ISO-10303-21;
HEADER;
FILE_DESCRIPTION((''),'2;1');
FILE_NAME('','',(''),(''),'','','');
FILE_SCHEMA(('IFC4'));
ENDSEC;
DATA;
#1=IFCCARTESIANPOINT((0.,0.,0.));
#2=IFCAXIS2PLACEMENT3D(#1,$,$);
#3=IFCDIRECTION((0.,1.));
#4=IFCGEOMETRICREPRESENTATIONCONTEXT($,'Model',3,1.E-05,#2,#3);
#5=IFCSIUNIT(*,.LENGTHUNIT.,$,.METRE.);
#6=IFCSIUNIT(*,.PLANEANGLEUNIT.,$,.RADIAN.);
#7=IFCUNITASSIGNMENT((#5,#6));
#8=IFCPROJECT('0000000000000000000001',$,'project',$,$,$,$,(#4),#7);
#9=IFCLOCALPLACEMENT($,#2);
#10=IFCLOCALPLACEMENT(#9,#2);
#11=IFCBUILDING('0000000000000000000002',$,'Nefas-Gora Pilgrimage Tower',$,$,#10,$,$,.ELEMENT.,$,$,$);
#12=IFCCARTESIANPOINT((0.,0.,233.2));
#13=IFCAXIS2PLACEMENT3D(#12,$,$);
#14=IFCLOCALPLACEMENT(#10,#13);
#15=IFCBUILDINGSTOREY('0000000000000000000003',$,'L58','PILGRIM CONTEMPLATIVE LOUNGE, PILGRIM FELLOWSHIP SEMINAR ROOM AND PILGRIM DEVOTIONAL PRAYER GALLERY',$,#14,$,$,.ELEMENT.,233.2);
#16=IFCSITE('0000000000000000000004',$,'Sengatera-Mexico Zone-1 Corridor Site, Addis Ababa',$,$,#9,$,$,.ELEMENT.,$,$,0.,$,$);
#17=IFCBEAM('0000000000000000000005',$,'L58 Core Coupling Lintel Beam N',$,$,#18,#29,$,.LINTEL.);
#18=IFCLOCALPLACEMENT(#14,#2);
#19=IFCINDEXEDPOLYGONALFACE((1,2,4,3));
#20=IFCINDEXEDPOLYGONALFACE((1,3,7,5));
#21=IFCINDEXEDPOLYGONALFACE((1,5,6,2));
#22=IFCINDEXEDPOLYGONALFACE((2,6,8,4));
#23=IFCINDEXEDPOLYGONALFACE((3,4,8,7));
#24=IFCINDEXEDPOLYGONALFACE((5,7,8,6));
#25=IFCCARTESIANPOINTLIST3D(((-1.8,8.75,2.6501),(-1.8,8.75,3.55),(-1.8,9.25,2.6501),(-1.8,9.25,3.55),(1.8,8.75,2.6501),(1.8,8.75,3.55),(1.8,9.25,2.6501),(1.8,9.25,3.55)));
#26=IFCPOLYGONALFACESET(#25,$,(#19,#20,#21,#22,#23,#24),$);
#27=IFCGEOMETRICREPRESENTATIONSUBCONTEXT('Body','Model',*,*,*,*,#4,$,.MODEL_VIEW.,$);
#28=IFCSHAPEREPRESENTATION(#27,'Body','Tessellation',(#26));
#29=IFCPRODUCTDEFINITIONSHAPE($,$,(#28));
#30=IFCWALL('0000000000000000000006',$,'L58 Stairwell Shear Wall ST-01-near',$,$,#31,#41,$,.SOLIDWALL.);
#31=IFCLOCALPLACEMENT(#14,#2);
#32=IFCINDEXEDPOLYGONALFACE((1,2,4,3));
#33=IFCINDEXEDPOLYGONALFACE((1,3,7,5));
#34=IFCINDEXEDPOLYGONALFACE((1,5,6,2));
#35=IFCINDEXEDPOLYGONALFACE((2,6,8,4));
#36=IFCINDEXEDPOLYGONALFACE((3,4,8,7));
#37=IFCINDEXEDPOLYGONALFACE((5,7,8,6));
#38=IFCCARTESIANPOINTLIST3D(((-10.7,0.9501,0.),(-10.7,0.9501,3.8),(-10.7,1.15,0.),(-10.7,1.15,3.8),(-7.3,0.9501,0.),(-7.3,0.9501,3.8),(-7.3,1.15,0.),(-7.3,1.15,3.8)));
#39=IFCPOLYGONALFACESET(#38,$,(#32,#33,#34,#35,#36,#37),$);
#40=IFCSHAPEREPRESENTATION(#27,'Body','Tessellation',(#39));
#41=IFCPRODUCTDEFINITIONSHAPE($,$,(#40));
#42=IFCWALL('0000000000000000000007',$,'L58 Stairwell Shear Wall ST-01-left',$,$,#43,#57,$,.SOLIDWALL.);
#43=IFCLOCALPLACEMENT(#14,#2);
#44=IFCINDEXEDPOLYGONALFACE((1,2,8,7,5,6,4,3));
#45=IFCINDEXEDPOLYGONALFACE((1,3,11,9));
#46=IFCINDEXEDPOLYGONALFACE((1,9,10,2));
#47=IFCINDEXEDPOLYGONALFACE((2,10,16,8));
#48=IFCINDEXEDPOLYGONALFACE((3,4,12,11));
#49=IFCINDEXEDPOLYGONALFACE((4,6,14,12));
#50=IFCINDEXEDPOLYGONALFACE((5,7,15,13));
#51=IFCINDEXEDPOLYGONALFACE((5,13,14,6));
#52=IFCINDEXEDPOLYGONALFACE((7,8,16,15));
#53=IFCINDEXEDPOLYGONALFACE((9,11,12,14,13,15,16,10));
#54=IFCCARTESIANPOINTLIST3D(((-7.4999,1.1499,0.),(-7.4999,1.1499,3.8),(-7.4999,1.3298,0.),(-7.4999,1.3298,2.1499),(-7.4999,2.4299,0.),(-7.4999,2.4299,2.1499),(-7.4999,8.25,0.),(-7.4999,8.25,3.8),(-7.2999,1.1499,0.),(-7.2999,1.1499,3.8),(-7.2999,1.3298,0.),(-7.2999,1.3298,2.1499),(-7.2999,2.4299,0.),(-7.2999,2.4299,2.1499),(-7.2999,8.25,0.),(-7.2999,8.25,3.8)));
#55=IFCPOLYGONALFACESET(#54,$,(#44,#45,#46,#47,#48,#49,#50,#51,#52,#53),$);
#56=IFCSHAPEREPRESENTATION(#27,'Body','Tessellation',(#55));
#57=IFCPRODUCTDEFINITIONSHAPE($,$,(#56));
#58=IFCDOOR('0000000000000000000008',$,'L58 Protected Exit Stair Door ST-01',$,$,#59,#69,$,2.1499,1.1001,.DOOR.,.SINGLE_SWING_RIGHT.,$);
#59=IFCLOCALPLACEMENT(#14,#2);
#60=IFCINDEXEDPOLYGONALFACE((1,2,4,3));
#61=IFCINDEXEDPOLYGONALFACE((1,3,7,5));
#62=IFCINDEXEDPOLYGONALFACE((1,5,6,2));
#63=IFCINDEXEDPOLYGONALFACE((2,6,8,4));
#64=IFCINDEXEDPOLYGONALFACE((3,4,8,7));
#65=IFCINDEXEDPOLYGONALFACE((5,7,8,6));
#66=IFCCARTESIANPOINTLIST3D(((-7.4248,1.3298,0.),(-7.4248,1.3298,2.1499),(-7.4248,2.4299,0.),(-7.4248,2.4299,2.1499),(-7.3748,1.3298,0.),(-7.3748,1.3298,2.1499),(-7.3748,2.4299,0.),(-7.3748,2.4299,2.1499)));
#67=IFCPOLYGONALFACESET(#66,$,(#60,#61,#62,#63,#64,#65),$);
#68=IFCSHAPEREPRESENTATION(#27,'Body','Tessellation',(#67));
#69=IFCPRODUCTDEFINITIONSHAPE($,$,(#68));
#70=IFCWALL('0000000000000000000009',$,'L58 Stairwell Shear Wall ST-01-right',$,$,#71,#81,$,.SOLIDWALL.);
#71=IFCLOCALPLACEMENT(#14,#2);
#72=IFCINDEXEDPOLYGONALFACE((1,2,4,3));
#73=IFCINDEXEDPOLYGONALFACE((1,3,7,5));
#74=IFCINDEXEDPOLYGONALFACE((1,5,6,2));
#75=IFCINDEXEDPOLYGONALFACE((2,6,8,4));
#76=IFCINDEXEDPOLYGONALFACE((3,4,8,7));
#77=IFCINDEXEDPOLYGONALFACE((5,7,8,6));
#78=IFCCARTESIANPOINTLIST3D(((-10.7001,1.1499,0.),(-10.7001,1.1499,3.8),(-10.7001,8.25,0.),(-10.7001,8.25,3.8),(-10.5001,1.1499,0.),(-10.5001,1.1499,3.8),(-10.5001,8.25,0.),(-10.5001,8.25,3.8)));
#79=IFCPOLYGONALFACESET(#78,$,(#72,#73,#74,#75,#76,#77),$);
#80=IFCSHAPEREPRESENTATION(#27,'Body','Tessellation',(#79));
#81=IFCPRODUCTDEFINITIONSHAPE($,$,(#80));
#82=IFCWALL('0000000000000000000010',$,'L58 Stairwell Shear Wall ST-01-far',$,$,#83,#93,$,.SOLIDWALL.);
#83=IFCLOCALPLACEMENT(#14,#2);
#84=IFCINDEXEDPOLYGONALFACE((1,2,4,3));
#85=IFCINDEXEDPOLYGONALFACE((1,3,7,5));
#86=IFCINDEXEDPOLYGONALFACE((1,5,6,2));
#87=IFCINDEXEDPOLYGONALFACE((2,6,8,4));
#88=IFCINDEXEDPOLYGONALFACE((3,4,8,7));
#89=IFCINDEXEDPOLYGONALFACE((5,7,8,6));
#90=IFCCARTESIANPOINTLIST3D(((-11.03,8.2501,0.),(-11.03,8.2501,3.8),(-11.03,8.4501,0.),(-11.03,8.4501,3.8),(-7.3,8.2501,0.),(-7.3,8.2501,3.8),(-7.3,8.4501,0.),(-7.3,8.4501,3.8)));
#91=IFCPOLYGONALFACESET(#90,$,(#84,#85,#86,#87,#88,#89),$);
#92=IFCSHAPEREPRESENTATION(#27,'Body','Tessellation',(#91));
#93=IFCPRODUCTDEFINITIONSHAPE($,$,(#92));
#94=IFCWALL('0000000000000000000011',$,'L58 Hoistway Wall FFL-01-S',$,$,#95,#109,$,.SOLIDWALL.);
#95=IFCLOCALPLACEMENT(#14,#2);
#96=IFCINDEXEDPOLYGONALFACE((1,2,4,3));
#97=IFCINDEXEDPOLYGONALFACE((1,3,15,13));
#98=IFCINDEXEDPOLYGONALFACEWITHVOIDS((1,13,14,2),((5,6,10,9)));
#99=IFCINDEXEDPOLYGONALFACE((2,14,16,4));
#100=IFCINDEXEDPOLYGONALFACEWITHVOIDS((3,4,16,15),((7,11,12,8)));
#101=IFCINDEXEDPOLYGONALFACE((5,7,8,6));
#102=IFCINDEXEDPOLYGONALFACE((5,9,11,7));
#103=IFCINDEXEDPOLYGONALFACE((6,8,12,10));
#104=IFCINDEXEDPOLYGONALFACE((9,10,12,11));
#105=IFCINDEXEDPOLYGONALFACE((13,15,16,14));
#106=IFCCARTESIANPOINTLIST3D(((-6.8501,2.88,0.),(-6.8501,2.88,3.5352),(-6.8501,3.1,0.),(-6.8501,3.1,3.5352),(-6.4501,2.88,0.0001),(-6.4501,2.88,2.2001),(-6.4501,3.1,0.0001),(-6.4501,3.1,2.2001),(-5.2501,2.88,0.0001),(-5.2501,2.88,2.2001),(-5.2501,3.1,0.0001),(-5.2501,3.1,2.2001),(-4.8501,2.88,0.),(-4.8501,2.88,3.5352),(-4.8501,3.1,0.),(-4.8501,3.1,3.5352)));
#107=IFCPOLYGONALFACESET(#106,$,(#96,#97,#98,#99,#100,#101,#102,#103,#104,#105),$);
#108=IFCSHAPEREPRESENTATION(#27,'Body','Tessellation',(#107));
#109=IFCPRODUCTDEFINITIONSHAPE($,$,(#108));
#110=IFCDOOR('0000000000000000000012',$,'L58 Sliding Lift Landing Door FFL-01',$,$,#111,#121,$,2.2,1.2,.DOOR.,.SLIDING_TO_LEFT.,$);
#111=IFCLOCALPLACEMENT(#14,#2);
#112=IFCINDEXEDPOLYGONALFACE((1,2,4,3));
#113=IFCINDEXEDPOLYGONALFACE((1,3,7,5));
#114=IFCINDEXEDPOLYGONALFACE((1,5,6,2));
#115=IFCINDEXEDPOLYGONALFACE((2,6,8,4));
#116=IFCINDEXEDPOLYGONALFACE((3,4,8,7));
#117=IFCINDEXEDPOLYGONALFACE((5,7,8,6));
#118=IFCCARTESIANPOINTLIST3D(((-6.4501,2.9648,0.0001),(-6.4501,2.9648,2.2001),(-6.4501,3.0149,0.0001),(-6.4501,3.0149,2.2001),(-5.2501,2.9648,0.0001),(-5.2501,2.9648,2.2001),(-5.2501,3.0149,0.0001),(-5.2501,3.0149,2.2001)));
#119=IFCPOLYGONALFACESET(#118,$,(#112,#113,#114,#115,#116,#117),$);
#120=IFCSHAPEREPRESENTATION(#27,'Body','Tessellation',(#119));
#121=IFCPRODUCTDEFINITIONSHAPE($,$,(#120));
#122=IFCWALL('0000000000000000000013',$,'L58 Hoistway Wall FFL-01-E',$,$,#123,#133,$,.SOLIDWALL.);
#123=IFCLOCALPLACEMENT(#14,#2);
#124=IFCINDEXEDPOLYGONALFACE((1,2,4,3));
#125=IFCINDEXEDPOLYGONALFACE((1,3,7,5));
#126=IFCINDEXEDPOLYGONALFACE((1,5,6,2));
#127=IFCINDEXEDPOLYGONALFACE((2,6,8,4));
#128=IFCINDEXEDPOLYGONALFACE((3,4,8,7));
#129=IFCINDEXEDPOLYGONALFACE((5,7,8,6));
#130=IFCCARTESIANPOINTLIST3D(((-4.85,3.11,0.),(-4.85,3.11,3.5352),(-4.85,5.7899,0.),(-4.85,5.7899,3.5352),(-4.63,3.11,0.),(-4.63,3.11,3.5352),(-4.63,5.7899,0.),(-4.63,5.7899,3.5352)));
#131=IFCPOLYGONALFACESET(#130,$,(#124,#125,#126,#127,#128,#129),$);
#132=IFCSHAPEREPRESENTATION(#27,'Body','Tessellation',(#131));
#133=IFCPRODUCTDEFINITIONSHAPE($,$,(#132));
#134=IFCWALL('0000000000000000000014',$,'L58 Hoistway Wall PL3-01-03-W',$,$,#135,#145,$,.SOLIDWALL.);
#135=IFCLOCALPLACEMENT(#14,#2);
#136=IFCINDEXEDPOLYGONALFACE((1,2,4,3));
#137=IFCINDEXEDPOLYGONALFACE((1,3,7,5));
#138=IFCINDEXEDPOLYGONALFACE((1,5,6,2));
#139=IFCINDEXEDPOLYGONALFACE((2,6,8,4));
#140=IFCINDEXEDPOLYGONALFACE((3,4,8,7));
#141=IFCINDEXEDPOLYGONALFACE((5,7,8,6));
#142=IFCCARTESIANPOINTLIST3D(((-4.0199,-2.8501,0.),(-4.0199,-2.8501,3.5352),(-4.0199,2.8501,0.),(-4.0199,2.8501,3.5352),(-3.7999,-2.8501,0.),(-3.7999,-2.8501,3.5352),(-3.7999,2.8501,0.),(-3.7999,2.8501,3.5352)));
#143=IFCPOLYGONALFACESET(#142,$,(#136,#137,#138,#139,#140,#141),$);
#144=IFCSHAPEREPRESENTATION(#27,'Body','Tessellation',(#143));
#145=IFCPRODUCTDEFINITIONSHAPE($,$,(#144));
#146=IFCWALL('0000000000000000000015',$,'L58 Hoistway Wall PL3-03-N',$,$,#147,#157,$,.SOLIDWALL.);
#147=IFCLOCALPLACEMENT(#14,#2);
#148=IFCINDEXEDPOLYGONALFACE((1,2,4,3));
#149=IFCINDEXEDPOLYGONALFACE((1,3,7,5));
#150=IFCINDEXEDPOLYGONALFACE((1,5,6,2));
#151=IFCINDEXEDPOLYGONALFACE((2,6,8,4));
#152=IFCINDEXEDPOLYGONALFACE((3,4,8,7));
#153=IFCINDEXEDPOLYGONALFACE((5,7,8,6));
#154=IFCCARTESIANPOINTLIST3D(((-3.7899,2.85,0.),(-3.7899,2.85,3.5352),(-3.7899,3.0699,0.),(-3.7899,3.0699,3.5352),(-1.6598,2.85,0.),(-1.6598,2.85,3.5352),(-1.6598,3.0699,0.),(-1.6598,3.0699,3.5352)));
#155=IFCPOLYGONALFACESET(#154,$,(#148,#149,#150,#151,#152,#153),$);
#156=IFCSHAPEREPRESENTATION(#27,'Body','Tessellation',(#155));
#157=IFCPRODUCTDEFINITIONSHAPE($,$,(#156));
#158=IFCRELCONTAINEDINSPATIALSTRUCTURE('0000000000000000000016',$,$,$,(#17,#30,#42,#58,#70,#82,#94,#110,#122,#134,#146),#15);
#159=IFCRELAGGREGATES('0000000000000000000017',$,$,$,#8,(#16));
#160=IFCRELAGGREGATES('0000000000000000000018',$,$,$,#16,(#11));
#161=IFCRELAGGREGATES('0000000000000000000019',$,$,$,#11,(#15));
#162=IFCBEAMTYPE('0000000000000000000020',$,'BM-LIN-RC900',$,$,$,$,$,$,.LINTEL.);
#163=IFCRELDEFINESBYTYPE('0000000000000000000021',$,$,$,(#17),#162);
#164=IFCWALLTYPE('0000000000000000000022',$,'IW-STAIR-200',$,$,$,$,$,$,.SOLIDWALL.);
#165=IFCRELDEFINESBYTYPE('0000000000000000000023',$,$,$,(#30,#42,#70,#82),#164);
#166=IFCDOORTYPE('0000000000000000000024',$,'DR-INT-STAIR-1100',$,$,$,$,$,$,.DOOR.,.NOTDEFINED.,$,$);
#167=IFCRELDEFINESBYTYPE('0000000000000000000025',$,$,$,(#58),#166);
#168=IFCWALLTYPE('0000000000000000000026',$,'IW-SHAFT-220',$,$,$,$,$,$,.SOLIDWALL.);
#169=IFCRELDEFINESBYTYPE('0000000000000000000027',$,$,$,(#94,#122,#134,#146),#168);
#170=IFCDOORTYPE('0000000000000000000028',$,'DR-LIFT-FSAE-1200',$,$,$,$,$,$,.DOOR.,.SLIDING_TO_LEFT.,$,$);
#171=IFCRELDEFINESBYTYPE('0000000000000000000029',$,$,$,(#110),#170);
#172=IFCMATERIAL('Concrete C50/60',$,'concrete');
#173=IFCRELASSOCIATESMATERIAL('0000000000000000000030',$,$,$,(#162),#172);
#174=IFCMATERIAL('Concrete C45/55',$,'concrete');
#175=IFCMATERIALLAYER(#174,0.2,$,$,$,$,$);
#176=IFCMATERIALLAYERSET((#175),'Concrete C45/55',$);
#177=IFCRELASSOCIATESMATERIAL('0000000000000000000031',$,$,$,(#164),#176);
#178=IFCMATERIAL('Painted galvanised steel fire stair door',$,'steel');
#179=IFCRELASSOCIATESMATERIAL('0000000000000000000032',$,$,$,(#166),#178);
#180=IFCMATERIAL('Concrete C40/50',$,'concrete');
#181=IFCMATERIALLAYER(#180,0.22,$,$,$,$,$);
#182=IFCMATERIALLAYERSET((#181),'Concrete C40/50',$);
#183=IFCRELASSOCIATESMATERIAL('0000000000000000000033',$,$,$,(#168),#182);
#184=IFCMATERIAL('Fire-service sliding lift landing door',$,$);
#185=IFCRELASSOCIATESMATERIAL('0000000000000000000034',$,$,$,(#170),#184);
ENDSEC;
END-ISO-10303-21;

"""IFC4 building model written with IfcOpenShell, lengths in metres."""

from ifc_helpers import new_model, si_unit, direction, frame, frame_2d, origin, origin_2d, place, context, subcontext, project, spatial, rectangle, extrude, source, transform, mapped, material, layer, layer_set, material_profile, profile_set, type_object, element, fill, save


model = new_model("IFC4")

# Units and contexts
model_context = context("Model", 3, precision=1e-05, world=origin(), true_north=direction((0.0, 1.0)))
body_context = subcontext(model_context, "Body", "Model", "MODEL_VIEW")
ifc_project = project(units=[si_unit("LENGTHUNIT", "METRE"), si_unit("PLANEANGLEUNIT", "RADIAN")], contexts=[model_context])

# Site, building, storey
site_placement = place(None, origin())
site = spatial("IfcSite", under=ifc_project, at=site_placement, Name="Sengatera-Mexico Zone-1 Corridor Site, Addis Ababa", CompositionType="ELEMENT", RefElevation=0.0)
building_placement = place(site_placement, origin())
building = spatial("IfcBuilding", under=site, at=building_placement, Name="Nefas-Gora Pilgrimage Tower", CompositionType="ELEMENT")
storey_placement = place(building_placement, frame((0.0, 0.0, 233.2)))
storey = spatial("IfcBuildingStorey", under=building, at=storey_placement, Name="L58", Description="PILGRIM CONTEMPLATIVE LOUNGE, PILGRIM FELLOWSHIP SEMINAR ROOM AND PILGRIM DEVOTIONAL PRAYER GALLERY", CompositionType="ELEMENT", Elevation=233.2)

# Beam
ifc_material_1 = material(Name="Concrete C50/60", Category="concrete")
ifc_material_profile = material_profile(ifc_material_1, rectangle(XDim=0.5, YDim=0.8999, at=origin_2d()), Name="RC 500x900")
ifc_profile_set = profile_set([ifc_material_profile], Name="Concrete C50/60")
beam_type = type_object("IfcBeamType", Name="BM-LIN-RC900", PredefinedType="LINTEL", material=ifc_profile_set)
shared_shape_1 = source(origin(), body_context, "Body", "SweptSolid", [
    extrude(rectangle(XDim=0.5, YDim=0.8999, at=origin_2d()), origin(), (0.0, 0.0, 1.0), 3.6001),
])
beam_placement = place(storey_placement, frame((-1.8, 9.0, 3.1001), z_axis=(1.0, 0.0, 0.0), x_axis=(0.0, 1.0, 0.0)))
element("IfcBeam", 1, at=beam_placement, inside=storey, type_object=beam_type, Name="L58 Core Coupling Lintel Beam N", PredefinedType="LINTEL", context=body_context, shape_type="MappedRepresentation", body=[
    mapped(shared_shape_1, transform((0.0, 0.0, 0.0), x_axis=(1.0, 0.0, 0.0), y_axis=(0.0, 1.0, 0.0), z_axis=(0.0, 0.0, 1.0), scale=1.0)),
])

# Wall
ifc_material_2 = material(Name="Concrete C45/55", Category="concrete")
ifc_layer_1 = layer(ifc_material_2, 0.2)
ifc_layer_set_1 = layer_set([ifc_layer_1], Name="Concrete C45/55")
wall_type_1 = type_object("IfcWallType", Name="IW-STAIR-200", PredefinedType="SOLIDWALL", material=ifc_layer_set_1)
shared_shape_2 = source(origin(), body_context, "Body", "SweptSolid", [
    extrude(rectangle(XDim=3.3999, YDim=0.2, at=frame_2d((1.7, 0.0))), origin(), (0.0, 0.0, 1.0), 3.8),
])
wall_1_placement = place(storey_placement, frame((-7.3, 1.05, 0.0), z_axis=(0.0, 0.0, 1.0), x_axis=(-1.0, 0.0, 0.0)))
element("IfcWall", 2, at=wall_1_placement, inside=storey, type_object=wall_type_1, Name="L58 Stairwell Shear Wall ST-01-near", PredefinedType="SOLIDWALL", context=body_context, shape_type="MappedRepresentation", body=[
    mapped(shared_shape_2, transform((0.0, 0.0, 0.0), x_axis=(1.0, 0.0, 0.0), y_axis=(0.0, 1.0, 0.0), z_axis=(0.0, 0.0, 1.0), scale=1.0)),
])

# Wall, opening, door
shared_shape_3 = source(origin(), body_context, "Body", "SweptSolid", [
    extrude(rectangle(XDim=7.1001, YDim=0.2, at=frame_2d((3.55, 0.0))), origin(), (0.0, 0.0, 1.0), 3.8),
])
wall_2_placement = place(storey_placement, frame((-7.3999, 1.1499, 0.0), z_axis=(0.0, 0.0, 1.0), x_axis=(0.0, 1.0, 0.0)))
wall_2 = element("IfcWall", 3, at=wall_2_placement, inside=storey, type_object=wall_type_1, Name="L58 Stairwell Shear Wall ST-01-left", PredefinedType="SOLIDWALL", context=body_context, shape_type="MappedRepresentation", body=[
    mapped(shared_shape_3, transform((0.0, 0.0, 0.0), x_axis=(1.0, 0.0, 0.0), y_axis=(0.0, 1.0, 0.0), z_axis=(0.0, 0.0, 1.0), scale=1.0)),
])
opening_1_placement = place(wall_2_placement, frame((0.1799, 0.0, 0.0)))
opening_1 = element("IfcOpeningElement", 4, at=opening_1_placement, cuts=wall_2, PredefinedType="OPENING", context=body_context, shape_type="SweptSolid", body=[
    extrude(rectangle(XDim=1.1001, YDim=2.1499, at=frame_2d((0.55, 1.075))), frame((0.0, 0.1099, 0.0), z_axis=(0.0, -1.0, 0.0), x_axis=(1.0, 0.0, 0.0)), (0.0, 0.0, 1.0), 0.22),
])
ifc_material_3 = material(Name="Painted galvanised steel fire stair door", Category="steel")
door_type_1 = type_object("IfcDoorType", Name="DR-INT-STAIR-1100", OperationType="NOTDEFINED", PredefinedType="DOOR", material=ifc_material_3)
shared_shape_4 = source(origin(), body_context, "Body", "SweptSolid", [
    extrude(rectangle(XDim=1.1001, YDim=2.1499, at=frame_2d((0.55, 1.075))), frame((0.0, 0.0249, 0.0), z_axis=(0.0, -1.0, 0.0), x_axis=(1.0, 0.0, 0.0)), (0.0, 0.0, 1.0), 0.05),
])
door_1_placement = place(opening_1_placement, origin())
door_1 = element("IfcDoor", 5, at=door_1_placement, inside=storey, type_object=door_type_1, Name="L58 Protected Exit Stair Door ST-01", OperationType="SINGLE_SWING_RIGHT", OverallHeight=2.1499, OverallWidth=1.1001, PredefinedType="DOOR", context=body_context, shape_type="MappedRepresentation", body=[
    mapped(shared_shape_4, transform((0.0, 0.0, 0.0), x_axis=(1.0, 0.0, 0.0), y_axis=(0.0, 1.0, 0.0), z_axis=(0.0, 0.0, 1.0), scale=1.0)),
])
fill(opening_1, door_1)

# Walls
wall_3_placement = place(storey_placement, frame((-10.6001, 1.1499, 0.0), z_axis=(0.0, 0.0, 1.0), x_axis=(0.0, 1.0, 0.0)))
element("IfcWall", 6, at=wall_3_placement, inside=storey, type_object=wall_type_1, Name="L58 Stairwell Shear Wall ST-01-right", PredefinedType="SOLIDWALL", context=body_context, shape_type="MappedRepresentation", body=[
    mapped(shared_shape_3, transform((0.0, 0.0, 0.0), x_axis=(1.0, 0.0, 0.0), y_axis=(0.0, 1.0, 0.0), z_axis=(0.0, 0.0, 1.0), scale=1.0)),
])
shared_shape_5 = source(origin(), body_context, "Body", "SweptSolid", [
    extrude(rectangle(XDim=3.73, YDim=0.2, at=frame_2d((1.865, 0.0))), origin(), (0.0, 0.0, 1.0), 3.8),
])
wall_4_placement = place(storey_placement, frame((-7.3, 8.3501, 0.0), z_axis=(0.0, 0.0, 1.0), x_axis=(-1.0, 0.0, 0.0)))
element("IfcWall", 7, at=wall_4_placement, inside=storey, type_object=wall_type_1, Name="L58 Stairwell Shear Wall ST-01-far", PredefinedType="SOLIDWALL", context=body_context, shape_type="MappedRepresentation", body=[
    mapped(shared_shape_5, transform((0.0, 0.0, 0.0), x_axis=(1.0, 0.0, 0.0), y_axis=(0.0, 1.0, 0.0), z_axis=(0.0, 0.0, 1.0), scale=1.0)),
])

# Wall, opening, door
ifc_material_4 = material(Name="Concrete C40/50", Category="concrete")
ifc_layer_2 = layer(ifc_material_4, 0.22)
ifc_layer_set_2 = layer_set([ifc_layer_2], Name="Concrete C40/50")
wall_type_2 = type_object("IfcWallType", Name="IW-SHAFT-220", PredefinedType="SOLIDWALL", material=ifc_layer_set_2)
shared_shape_6 = source(origin(), body_context, "Body", "SweptSolid", [
    extrude(rectangle(XDim=2.0, YDim=0.22, at=frame_2d((1.0, 0.0))), origin(), (0.0, 0.0, 1.0), 3.5352),
])
wall_5_placement = place(storey_placement, frame((-6.8501, 2.99, 0.0), z_axis=(0.0, 0.0, 1.0), x_axis=(1.0, 0.0, 0.0)))
wall_5 = element("IfcWall", 8, at=wall_5_placement, inside=storey, type_object=wall_type_2, Name="L58 Hoistway Wall FFL-01-S", PredefinedType="SOLIDWALL", context=body_context, shape_type="MappedRepresentation", body=[
    mapped(shared_shape_6, transform((0.0, 0.0, 0.0), x_axis=(1.0, 0.0, 0.0), y_axis=(0.0, 1.0, 0.0), z_axis=(0.0, 0.0, 1.0), scale=1.0)),
])
opening_2_placement = place(wall_5_placement, frame((0.3999, 0.0, 0.0)))
opening_2 = element("IfcOpeningElement", 9, at=opening_2_placement, cuts=wall_5, PredefinedType="OPENING", context=body_context, shape_type="SweptSolid", body=[
    extrude(rectangle(XDim=1.2, YDim=2.2, at=frame_2d((0.6001, 1.1001))), frame((0.0, 0.1199, 0.0), z_axis=(0.0, -1.0, 0.0), x_axis=(1.0, 0.0, 0.0)), (0.0, 0.0, 1.0), 0.24),
])
ifc_material_5 = material(Name="Fire-service sliding lift landing door")
door_type_2 = type_object("IfcDoorType", Name="DR-LIFT-FSAE-1200", OperationType="SLIDING_TO_LEFT", PredefinedType="DOOR", material=ifc_material_5)
shared_shape_7 = source(origin(), body_context, "Body", "SweptSolid", [
    extrude(rectangle(XDim=1.2, YDim=2.2, at=frame_2d((0.6001, 1.1001))), frame((0.0, 0.0249, 0.0), z_axis=(0.0, -1.0, 0.0), x_axis=(1.0, 0.0, 0.0)), (0.0, 0.0, 1.0), 0.05),
])
door_2_placement = place(opening_2_placement, origin())
door_2 = element("IfcDoor", 10, at=door_2_placement, inside=storey, type_object=door_type_2, Name="L58 Sliding Lift Landing Door FFL-01", OperationType="SLIDING_TO_LEFT", OverallHeight=2.2, OverallWidth=1.2, PredefinedType="DOOR", context=body_context, shape_type="MappedRepresentation", body=[
    mapped(shared_shape_7, transform((0.0, 0.0, 0.0), x_axis=(1.0, 0.0, 0.0), y_axis=(0.0, 1.0, 0.0), z_axis=(0.0, 0.0, 1.0), scale=1.0)),
])
fill(opening_2, door_2)

# Walls
shared_shape_8 = source(origin(), body_context, "Body", "SweptSolid", [
    extrude(rectangle(XDim=2.6799, YDim=0.22, at=frame_2d((1.3398, 0.0))), origin(), (0.0, 0.0, 1.0), 3.5352),
])
wall_6_placement = place(storey_placement, frame((-4.74, 3.1101, 0.0), z_axis=(0.0, 0.0, 1.0), x_axis=(0.0, 1.0, 0.0)))
element("IfcWall", 11, at=wall_6_placement, inside=storey, type_object=wall_type_2, Name="L58 Hoistway Wall FFL-01-E", PredefinedType="SOLIDWALL", context=body_context, shape_type="MappedRepresentation", body=[
    mapped(shared_shape_8, transform((0.0, 0.0, 0.0), x_axis=(1.0, 0.0, 0.0), y_axis=(0.0, 1.0, 0.0), z_axis=(0.0, 0.0, 1.0), scale=1.0)),
])
shared_shape_9 = source(origin(), body_context, "Body", "SweptSolid", [
    extrude(rectangle(XDim=5.7002, YDim=0.22, at=frame_2d((2.8501, 0.0))), origin(), (0.0, 0.0, 1.0), 3.5352),
])
wall_7_placement = place(storey_placement, frame((-3.9099, 2.8501, 0.0), z_axis=(0.0, 0.0, 1.0), x_axis=(0.0, -1.0, 0.0)))
element("IfcWall", 12, at=wall_7_placement, inside=storey, type_object=wall_type_2, Name="L58 Hoistway Wall PL3-01-03-W", PredefinedType="SOLIDWALL", context=body_context, shape_type="MappedRepresentation", body=[
    mapped(shared_shape_9, transform((0.0, 0.0, 0.0), x_axis=(1.0, 0.0, 0.0), y_axis=(0.0, 1.0, 0.0), z_axis=(0.0, 0.0, 1.0), scale=1.0)),
])
shared_shape_10 = source(origin(), body_context, "Body", "SweptSolid", [
    extrude(rectangle(XDim=2.1301, YDim=0.22, at=frame_2d((1.0649, 0.0))), origin(), (0.0, 0.0, 1.0), 3.5352),
])
wall_8_placement = place(storey_placement, frame((-1.6599, 2.96, 0.0), z_axis=(0.0, 0.0, 1.0), x_axis=(-1.0, 0.0, 0.0)))
element("IfcWall", 13, at=wall_8_placement, inside=storey, type_object=wall_type_2, Name="L58 Hoistway Wall PL3-03-N", PredefinedType="SOLIDWALL", context=body_context, shape_type="MappedRepresentation", body=[
    mapped(shared_shape_10, transform((0.0, 0.0, 0.0), x_axis=(1.0, 0.0, 0.0), y_axis=(0.0, 1.0, 0.0), z_axis=(0.0, 0.0, 1.0), scale=1.0)),
])

save(model, "model.ifc")
